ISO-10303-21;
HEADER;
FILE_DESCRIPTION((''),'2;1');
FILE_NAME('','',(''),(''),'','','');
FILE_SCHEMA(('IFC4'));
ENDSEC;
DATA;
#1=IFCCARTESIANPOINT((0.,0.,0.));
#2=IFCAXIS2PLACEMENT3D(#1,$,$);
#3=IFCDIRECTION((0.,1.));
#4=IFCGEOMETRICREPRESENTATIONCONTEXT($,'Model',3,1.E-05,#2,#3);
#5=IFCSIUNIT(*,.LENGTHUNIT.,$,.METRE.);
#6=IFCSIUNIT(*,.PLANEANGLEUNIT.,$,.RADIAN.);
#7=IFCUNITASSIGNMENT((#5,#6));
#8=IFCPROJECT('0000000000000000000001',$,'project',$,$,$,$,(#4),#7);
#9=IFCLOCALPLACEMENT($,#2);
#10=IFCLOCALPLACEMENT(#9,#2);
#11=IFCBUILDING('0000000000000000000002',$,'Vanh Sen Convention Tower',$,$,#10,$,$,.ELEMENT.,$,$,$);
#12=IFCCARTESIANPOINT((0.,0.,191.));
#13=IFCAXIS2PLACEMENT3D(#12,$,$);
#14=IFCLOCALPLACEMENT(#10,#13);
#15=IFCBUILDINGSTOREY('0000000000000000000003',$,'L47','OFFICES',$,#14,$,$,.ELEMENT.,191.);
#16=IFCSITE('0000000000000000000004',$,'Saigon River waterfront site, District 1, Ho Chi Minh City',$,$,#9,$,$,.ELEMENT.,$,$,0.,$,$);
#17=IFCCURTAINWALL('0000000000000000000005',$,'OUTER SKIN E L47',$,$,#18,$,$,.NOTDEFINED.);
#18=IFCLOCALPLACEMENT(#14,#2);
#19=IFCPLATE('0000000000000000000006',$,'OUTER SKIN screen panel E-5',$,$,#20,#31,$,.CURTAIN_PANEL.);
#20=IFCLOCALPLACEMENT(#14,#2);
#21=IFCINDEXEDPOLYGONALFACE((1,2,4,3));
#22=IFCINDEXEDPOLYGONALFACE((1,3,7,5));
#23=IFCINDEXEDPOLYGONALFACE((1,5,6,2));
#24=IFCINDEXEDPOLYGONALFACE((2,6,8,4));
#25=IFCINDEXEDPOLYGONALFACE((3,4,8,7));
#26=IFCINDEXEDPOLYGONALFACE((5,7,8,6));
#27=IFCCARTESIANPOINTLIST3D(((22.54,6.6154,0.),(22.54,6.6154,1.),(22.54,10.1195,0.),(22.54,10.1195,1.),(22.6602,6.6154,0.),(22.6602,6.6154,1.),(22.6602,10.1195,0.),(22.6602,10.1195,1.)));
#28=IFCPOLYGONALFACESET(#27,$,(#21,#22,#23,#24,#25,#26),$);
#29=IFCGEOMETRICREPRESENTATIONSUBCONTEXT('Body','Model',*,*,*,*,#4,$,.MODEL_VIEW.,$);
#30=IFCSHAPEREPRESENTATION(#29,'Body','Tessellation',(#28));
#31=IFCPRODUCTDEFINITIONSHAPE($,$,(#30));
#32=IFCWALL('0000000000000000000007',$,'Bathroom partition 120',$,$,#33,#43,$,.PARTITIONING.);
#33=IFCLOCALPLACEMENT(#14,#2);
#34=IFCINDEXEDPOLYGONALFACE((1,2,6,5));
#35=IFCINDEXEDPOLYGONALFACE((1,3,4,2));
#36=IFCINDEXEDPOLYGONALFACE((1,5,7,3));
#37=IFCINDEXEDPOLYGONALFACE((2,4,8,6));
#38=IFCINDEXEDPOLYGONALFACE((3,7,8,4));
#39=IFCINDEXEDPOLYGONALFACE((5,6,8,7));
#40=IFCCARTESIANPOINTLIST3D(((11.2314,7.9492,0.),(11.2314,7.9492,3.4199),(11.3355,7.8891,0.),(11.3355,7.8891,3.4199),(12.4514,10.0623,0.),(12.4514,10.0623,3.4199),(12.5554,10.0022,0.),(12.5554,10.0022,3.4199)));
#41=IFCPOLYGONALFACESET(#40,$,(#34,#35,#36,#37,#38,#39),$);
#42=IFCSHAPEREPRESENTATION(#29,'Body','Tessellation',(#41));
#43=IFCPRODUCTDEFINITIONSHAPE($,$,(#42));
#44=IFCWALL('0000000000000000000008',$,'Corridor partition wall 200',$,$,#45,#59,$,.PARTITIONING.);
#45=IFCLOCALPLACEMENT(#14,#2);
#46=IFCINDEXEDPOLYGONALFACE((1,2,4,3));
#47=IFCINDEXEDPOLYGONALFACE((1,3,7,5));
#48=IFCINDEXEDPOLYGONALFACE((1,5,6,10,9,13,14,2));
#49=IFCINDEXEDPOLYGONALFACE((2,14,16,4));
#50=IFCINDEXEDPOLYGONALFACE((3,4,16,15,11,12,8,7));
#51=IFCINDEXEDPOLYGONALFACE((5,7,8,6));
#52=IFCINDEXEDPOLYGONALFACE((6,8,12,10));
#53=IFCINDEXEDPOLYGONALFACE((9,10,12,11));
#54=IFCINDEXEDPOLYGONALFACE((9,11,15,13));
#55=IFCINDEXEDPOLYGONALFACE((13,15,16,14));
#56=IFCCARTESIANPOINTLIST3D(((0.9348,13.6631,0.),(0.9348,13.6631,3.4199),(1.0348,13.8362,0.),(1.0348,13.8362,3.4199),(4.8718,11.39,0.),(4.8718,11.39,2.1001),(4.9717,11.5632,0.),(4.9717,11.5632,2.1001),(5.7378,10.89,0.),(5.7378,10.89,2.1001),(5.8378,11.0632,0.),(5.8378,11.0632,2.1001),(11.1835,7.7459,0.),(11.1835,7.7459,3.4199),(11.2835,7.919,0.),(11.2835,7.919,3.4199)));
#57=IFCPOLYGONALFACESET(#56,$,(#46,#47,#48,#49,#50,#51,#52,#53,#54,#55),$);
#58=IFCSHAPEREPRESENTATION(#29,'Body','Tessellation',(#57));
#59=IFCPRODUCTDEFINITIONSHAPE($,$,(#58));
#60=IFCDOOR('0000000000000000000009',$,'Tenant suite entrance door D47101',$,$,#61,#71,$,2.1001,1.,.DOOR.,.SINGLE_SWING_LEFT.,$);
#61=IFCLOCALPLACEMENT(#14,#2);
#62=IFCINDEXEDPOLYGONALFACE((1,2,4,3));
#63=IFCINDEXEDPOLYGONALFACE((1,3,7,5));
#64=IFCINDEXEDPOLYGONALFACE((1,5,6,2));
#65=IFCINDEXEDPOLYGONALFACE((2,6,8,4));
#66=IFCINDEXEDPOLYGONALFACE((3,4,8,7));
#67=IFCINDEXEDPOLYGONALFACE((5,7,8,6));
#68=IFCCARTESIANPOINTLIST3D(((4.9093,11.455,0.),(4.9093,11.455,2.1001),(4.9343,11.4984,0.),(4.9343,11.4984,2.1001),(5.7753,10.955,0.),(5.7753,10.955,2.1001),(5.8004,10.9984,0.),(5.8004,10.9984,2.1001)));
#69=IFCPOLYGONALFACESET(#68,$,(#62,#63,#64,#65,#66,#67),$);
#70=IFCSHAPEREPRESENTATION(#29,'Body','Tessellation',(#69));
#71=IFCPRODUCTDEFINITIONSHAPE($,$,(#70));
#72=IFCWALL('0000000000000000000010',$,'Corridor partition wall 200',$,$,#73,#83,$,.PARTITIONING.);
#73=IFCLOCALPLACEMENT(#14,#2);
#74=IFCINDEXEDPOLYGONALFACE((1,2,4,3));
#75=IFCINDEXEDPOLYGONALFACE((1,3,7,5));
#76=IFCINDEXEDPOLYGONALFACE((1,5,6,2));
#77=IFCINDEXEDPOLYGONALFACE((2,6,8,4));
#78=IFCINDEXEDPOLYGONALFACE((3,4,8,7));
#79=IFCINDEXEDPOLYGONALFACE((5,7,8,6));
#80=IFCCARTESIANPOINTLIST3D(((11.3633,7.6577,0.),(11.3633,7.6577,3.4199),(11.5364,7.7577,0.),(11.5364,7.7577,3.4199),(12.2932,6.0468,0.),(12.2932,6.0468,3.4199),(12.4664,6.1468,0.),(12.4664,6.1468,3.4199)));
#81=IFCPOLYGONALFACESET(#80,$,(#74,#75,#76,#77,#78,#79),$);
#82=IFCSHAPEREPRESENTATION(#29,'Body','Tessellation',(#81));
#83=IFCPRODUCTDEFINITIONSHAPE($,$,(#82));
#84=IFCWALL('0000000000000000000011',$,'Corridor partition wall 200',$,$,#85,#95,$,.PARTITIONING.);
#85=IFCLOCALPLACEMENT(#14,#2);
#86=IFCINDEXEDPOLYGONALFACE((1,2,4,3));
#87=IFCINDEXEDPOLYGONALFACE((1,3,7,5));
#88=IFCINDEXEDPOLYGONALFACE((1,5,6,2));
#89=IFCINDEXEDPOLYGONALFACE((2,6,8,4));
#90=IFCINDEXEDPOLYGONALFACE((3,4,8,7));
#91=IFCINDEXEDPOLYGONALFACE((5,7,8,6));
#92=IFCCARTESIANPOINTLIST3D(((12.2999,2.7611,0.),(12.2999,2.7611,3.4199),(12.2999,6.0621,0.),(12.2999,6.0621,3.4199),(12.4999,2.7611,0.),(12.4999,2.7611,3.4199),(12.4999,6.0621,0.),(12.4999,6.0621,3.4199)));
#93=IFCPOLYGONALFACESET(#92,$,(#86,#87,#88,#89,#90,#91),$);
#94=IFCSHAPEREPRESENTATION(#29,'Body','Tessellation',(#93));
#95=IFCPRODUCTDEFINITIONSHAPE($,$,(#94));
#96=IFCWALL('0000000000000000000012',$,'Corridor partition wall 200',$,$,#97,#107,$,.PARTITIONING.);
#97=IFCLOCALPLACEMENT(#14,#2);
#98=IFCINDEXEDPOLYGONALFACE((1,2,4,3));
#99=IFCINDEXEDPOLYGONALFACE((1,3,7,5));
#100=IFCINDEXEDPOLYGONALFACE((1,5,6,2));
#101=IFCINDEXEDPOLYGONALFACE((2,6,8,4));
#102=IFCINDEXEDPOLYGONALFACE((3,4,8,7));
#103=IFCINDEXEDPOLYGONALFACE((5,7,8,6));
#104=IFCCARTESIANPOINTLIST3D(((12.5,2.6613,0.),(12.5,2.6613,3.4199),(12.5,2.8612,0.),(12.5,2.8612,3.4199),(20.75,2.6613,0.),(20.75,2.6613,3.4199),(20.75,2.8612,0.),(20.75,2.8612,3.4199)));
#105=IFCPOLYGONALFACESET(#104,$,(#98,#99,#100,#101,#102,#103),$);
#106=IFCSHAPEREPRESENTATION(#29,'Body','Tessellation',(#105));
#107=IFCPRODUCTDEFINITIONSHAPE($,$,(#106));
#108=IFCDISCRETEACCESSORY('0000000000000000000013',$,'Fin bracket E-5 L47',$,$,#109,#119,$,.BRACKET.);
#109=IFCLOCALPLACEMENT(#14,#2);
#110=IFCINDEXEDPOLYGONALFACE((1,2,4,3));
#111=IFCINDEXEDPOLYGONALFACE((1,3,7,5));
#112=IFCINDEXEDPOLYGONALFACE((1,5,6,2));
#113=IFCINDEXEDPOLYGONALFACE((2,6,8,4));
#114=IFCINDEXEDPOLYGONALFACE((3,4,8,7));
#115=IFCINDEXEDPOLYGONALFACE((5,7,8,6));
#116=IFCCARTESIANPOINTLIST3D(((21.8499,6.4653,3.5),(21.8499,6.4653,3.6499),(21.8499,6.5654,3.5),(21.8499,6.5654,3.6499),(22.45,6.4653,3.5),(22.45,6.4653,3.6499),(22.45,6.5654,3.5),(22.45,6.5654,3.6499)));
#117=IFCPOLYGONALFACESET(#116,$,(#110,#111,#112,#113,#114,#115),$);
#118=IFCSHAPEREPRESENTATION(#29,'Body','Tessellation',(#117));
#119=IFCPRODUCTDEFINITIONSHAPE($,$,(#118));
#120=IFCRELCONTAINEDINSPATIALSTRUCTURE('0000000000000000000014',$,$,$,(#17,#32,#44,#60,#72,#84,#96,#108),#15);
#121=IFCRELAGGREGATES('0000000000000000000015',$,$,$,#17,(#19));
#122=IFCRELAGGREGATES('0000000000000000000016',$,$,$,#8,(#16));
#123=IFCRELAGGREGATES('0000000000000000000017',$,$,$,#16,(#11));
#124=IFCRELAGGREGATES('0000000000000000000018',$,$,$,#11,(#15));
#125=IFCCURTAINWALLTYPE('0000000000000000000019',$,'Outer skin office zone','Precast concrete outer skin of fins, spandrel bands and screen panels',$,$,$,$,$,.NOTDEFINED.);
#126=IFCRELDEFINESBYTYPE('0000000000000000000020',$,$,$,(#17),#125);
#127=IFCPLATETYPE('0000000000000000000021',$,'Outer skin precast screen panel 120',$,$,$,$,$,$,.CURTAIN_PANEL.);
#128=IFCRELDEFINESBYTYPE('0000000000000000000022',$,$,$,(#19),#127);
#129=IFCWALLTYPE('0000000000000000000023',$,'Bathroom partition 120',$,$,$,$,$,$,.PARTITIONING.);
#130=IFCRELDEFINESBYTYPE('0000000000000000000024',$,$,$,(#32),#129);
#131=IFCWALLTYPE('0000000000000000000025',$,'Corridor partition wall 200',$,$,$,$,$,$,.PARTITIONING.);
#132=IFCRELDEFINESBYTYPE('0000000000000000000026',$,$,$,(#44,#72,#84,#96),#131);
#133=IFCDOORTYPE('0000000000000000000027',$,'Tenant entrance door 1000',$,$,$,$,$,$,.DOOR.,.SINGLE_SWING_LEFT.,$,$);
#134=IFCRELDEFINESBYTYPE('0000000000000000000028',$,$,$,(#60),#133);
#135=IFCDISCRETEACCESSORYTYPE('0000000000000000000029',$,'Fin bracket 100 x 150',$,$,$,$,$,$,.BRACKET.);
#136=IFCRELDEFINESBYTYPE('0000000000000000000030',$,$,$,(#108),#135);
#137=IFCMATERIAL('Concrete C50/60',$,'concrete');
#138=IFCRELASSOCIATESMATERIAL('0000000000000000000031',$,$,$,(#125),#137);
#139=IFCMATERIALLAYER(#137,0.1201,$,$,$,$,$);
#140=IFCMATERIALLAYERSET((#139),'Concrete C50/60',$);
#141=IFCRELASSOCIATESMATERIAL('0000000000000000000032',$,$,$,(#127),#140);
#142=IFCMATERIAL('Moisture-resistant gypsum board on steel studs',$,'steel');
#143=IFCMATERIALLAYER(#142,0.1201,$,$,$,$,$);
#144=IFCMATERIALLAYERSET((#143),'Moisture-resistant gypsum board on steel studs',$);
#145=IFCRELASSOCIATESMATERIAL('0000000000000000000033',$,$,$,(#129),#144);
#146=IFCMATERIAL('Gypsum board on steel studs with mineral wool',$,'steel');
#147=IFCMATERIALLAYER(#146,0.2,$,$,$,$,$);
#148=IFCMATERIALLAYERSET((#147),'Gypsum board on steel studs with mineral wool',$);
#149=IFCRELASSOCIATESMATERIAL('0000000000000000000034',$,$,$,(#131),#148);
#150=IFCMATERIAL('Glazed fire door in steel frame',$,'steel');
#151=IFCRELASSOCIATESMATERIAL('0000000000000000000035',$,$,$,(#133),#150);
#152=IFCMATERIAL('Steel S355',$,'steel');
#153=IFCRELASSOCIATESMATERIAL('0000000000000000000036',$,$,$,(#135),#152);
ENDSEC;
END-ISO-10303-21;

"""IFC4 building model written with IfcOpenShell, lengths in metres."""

from ifc_helpers import new_model, si_unit, direction, frame, frame_2d, origin, origin_2d, place, context, subcontext, project, spatial, rectangle, extrude, material, layer, layer_set, type_object, element, fill, aggregate, save


model = new_model("IFC4")

# Units and contexts
model_context = context("Model", 3, precision=1e-05, world=origin(), true_north=direction((0.0, 1.0)))
body_context = subcontext(model_context, "Body", "Model", "MODEL_VIEW")
ifc_project = project(units=[si_unit("LENGTHUNIT", "METRE"), si_unit("PLANEANGLEUNIT", "RADIAN")], contexts=[model_context])

# Site, building, storey
site_placement = place(None, origin())
site = spatial("IfcSite", under=ifc_project, at=site_placement, Name="Saigon River waterfront site, District 1, Ho Chi Minh City", CompositionType="ELEMENT", RefElevation=0.0)
building_placement = place(site_placement, origin())
building = spatial("IfcBuilding", under=site, at=building_placement, Name="Vanh Sen Convention Tower", CompositionType="ELEMENT")
storey_placement = place(building_placement, frame((0.0, 0.0, 191.0)))
storey = spatial("IfcBuildingStorey", under=building, at=storey_placement, Name="L47", Description="OFFICES", CompositionType="ELEMENT", Elevation=191.0)

# Curtain wall
ifc_material_1 = material(Name="Concrete C50/60", Category="concrete")
curtain_wall_type = type_object("IfcCurtainWallType", Name="Outer skin office zone", Description="Precast concrete outer skin of fins, spandrel bands and screen panels", PredefinedType="NOTDEFINED", material=ifc_material_1)
curtain_wall_1_placement = place(storey_placement, origin())
curtain_wall_1 = element("IfcCurtainWall", 1, at=curtain_wall_1_placement, inside=storey, type_object=curtain_wall_type, Name="OUTER SKIN E L47", PredefinedType="NOTDEFINED")

# Plate
ifc_layer_1 = layer(ifc_material_1, 0.1201)
ifc_layer_set_1 = layer_set([ifc_layer_1], Name="Concrete C50/60")
plate_type = type_object("IfcPlateType", Name="Outer skin precast screen panel 120", PredefinedType="CURTAIN_PANEL", material=ifc_layer_set_1)
plate_1_placement = place(storey_placement, frame((22.6001, 8.3674, 0.0), z_axis=(0.0, 0.0, 1.0), x_axis=(0.0, 1.0, 0.0)))
plate_1 = element("IfcPlate", 2, at=plate_1_placement, type_object=plate_type, Name="OUTER SKIN screen panel E-5", PredefinedType="CURTAIN_PANEL", context=body_context, shape_type="SweptSolid", body=[
    extrude(rectangle(XDim=3.5042, YDim=0.1201, at=origin_2d()), origin(), (0.0, 0.0, 1.0), 1.0),
])
aggregate(curtain_wall_1, [plate_1])

# Wall
ifc_material_2 = material(Name="Moisture-resistant gypsum board on steel studs", Category="steel")
ifc_layer_2 = layer(ifc_material_2, 0.1201)
ifc_layer_set_2 = layer_set([ifc_layer_2], Name="Moisture-resistant gypsum board on steel studs")
wall_type_1 = type_object("IfcWallType", Name="Bathroom partition 120", PredefinedType="PARTITIONING", material=ifc_layer_set_2)
wall_1_placement = place(storey_placement, frame((12.5034, 10.0322, 0.0), z_axis=(0.0, 0.0, 1.0), x_axis=(-0.500003, -0.866024, 0.0)))
element("IfcWall", 3, at=wall_1_placement, inside=storey, type_object=wall_type_1, Name="Bathroom partition 120", PredefinedType="PARTITIONING", context=body_context, shape_type="SweptSolid", body=[
    extrude(rectangle(XDim=2.4399, YDim=0.1201, at=frame_2d((1.22, 0.0))), origin(), (0.0, 0.0, 1.0), 3.4199),
])

# Wall, opening, door
ifc_material_3 = material(Name="Gypsum board on steel studs with mineral wool", Category="steel")
ifc_layer_3 = layer(ifc_material_3, 0.2)
ifc_layer_set_3 = layer_set([ifc_layer_3], Name="Gypsum board on steel studs with mineral wool")
wall_type_2 = type_object("IfcWallType", Name="Corridor partition wall 200", PredefinedType="PARTITIONING", material=ifc_layer_set_3)
wall_2_placement = place(storey_placement, frame((11.2334, 7.8325, 0.0), z_axis=(0.0, 0.0, 1.0), x_axis=(-0.866022, 0.500006, 0.0)))
wall_2 = element("IfcWall", 4, at=wall_2_placement, inside=storey, type_object=wall_type_2, Name="Corridor partition wall 200", PredefinedType="PARTITIONING", context=body_context, shape_type="SweptSolid", body=[
    extrude(rectangle(XDim=11.8342, YDim=0.2, at=frame_2d((5.917, 0.0))), origin(), (0.0, 0.0, 1.0), 3.4199),
])
opening_placement = place(wall_2_placement, frame((6.2881, 0.0, 0.0)))
opening = element("IfcOpeningElement", 5, at=opening_placement, cuts=wall_2, PredefinedType="OPENING", context=body_context, shape_type="SweptSolid", body=[
    extrude(rectangle(XDim=1.0, YDim=2.1001, at=frame_2d((0.5, 1.05))), frame((0.0, 0.1099, 0.0), z_axis=(0.0, -1.0, 0.0), x_axis=(1.0, 0.0, 0.0)), (0.0, 0.0, 1.0), 0.22),
])
ifc_material_4 = material(Name="Glazed fire door in steel frame", Category="steel")
door_type = type_object("IfcDoorType", Name="Tenant entrance door 1000", OperationType="SINGLE_SWING_LEFT", PredefinedType="DOOR", material=ifc_material_4)
door_placement = place(opening_placement, origin())
door = element("IfcDoor", 6, at=door_placement, inside=storey, type_object=door_type, Name="Tenant suite entrance door D47101", OperationType="SINGLE_SWING_LEFT", OverallHeight=2.1001, OverallWidth=1.0, PredefinedType="DOOR", context=body_context, shape_type="SweptSolid", body=[
    extrude(rectangle(XDim=1.0, YDim=2.1001, at=frame_2d((0.5, 1.05))), frame((0.0, 0.0249, 0.0), z_axis=(0.0, -1.0, 0.0), x_axis=(1.0, 0.0, 0.0)), (0.0, 0.0, 1.0), 0.05),
])
fill(opening, door)

# Walls
wall_3_placement = place(storey_placement, frame((12.3799, 6.0967, 0.0), z_axis=(0.0, 0.0, 1.0), x_axis=(-0.499965, 0.866046, 0.0)))
element("IfcWall", 7, at=wall_3_placement, inside=storey, type_object=wall_type_2, Name="Corridor partition wall 200", PredefinedType="PARTITIONING", context=body_context, shape_type="SweptSolid", body=[
    extrude(rectangle(XDim=1.8601, YDim=0.2, at=frame_2d((0.9302, 0.0))), origin(), (0.0, 0.0, 1.0), 3.4199),
])
wall_4_placement = place(storey_placement, frame((12.3999, 2.7612, 0.0), z_axis=(0.0, 0.0, 1.0), x_axis=(0.0, 1.0, 0.0)))
element("IfcWall", 8, at=wall_4_placement, inside=storey, type_object=wall_type_2, Name="Corridor partition wall 200", PredefinedType="PARTITIONING", context=body_context, shape_type="SweptSolid", body=[
    extrude(rectangle(XDim=3.301, YDim=0.2, at=frame_2d((1.6504, 0.0))), origin(), (0.0, 0.0, 1.0), 3.4199),
])
wall_5_placement = place(storey_placement, frame((20.75, 2.7612, 0.0), z_axis=(0.0, 0.0, 1.0), x_axis=(-1.0, 0.0, 0.0)))
element("IfcWall", 9, at=wall_5_placement, inside=storey, type_object=wall_type_2, Name="Corridor partition wall 200", PredefinedType="PARTITIONING", context=body_context, shape_type="SweptSolid", body=[
    extrude(rectangle(XDim=8.25, YDim=0.2, at=frame_2d((4.125, 0.0))), origin(), (0.0, 0.0, 1.0), 3.4199),
])

# Discrete accessory
ifc_material_5 = material(Name="Steel S355", Category="steel")
discrete_accessory_type = type_object("IfcDiscreteAccessoryType", Name="Fin bracket 100 x 150", PredefinedType="BRACKET", material=ifc_material_5)
discrete_accessory_placement = place(storey_placement, frame((22.1499, 6.5154, 3.5), z_axis=(0.0, 0.0, 1.0), x_axis=(1.0, 0.0, 0.0)))
element("IfcDiscreteAccessory", 10, at=discrete_accessory_placement, inside=storey, type_object=discrete_accessory_type, Name="Fin bracket E-5 L47", PredefinedType="BRACKET", context=body_context, shape_type="SweptSolid", body=[
    extrude(rectangle(XDim=0.6001, YDim=0.1001, at=origin_2d()), origin(), (0.0, 0.0, 1.0), 0.1499),
])

save(model, "model.ifc")
